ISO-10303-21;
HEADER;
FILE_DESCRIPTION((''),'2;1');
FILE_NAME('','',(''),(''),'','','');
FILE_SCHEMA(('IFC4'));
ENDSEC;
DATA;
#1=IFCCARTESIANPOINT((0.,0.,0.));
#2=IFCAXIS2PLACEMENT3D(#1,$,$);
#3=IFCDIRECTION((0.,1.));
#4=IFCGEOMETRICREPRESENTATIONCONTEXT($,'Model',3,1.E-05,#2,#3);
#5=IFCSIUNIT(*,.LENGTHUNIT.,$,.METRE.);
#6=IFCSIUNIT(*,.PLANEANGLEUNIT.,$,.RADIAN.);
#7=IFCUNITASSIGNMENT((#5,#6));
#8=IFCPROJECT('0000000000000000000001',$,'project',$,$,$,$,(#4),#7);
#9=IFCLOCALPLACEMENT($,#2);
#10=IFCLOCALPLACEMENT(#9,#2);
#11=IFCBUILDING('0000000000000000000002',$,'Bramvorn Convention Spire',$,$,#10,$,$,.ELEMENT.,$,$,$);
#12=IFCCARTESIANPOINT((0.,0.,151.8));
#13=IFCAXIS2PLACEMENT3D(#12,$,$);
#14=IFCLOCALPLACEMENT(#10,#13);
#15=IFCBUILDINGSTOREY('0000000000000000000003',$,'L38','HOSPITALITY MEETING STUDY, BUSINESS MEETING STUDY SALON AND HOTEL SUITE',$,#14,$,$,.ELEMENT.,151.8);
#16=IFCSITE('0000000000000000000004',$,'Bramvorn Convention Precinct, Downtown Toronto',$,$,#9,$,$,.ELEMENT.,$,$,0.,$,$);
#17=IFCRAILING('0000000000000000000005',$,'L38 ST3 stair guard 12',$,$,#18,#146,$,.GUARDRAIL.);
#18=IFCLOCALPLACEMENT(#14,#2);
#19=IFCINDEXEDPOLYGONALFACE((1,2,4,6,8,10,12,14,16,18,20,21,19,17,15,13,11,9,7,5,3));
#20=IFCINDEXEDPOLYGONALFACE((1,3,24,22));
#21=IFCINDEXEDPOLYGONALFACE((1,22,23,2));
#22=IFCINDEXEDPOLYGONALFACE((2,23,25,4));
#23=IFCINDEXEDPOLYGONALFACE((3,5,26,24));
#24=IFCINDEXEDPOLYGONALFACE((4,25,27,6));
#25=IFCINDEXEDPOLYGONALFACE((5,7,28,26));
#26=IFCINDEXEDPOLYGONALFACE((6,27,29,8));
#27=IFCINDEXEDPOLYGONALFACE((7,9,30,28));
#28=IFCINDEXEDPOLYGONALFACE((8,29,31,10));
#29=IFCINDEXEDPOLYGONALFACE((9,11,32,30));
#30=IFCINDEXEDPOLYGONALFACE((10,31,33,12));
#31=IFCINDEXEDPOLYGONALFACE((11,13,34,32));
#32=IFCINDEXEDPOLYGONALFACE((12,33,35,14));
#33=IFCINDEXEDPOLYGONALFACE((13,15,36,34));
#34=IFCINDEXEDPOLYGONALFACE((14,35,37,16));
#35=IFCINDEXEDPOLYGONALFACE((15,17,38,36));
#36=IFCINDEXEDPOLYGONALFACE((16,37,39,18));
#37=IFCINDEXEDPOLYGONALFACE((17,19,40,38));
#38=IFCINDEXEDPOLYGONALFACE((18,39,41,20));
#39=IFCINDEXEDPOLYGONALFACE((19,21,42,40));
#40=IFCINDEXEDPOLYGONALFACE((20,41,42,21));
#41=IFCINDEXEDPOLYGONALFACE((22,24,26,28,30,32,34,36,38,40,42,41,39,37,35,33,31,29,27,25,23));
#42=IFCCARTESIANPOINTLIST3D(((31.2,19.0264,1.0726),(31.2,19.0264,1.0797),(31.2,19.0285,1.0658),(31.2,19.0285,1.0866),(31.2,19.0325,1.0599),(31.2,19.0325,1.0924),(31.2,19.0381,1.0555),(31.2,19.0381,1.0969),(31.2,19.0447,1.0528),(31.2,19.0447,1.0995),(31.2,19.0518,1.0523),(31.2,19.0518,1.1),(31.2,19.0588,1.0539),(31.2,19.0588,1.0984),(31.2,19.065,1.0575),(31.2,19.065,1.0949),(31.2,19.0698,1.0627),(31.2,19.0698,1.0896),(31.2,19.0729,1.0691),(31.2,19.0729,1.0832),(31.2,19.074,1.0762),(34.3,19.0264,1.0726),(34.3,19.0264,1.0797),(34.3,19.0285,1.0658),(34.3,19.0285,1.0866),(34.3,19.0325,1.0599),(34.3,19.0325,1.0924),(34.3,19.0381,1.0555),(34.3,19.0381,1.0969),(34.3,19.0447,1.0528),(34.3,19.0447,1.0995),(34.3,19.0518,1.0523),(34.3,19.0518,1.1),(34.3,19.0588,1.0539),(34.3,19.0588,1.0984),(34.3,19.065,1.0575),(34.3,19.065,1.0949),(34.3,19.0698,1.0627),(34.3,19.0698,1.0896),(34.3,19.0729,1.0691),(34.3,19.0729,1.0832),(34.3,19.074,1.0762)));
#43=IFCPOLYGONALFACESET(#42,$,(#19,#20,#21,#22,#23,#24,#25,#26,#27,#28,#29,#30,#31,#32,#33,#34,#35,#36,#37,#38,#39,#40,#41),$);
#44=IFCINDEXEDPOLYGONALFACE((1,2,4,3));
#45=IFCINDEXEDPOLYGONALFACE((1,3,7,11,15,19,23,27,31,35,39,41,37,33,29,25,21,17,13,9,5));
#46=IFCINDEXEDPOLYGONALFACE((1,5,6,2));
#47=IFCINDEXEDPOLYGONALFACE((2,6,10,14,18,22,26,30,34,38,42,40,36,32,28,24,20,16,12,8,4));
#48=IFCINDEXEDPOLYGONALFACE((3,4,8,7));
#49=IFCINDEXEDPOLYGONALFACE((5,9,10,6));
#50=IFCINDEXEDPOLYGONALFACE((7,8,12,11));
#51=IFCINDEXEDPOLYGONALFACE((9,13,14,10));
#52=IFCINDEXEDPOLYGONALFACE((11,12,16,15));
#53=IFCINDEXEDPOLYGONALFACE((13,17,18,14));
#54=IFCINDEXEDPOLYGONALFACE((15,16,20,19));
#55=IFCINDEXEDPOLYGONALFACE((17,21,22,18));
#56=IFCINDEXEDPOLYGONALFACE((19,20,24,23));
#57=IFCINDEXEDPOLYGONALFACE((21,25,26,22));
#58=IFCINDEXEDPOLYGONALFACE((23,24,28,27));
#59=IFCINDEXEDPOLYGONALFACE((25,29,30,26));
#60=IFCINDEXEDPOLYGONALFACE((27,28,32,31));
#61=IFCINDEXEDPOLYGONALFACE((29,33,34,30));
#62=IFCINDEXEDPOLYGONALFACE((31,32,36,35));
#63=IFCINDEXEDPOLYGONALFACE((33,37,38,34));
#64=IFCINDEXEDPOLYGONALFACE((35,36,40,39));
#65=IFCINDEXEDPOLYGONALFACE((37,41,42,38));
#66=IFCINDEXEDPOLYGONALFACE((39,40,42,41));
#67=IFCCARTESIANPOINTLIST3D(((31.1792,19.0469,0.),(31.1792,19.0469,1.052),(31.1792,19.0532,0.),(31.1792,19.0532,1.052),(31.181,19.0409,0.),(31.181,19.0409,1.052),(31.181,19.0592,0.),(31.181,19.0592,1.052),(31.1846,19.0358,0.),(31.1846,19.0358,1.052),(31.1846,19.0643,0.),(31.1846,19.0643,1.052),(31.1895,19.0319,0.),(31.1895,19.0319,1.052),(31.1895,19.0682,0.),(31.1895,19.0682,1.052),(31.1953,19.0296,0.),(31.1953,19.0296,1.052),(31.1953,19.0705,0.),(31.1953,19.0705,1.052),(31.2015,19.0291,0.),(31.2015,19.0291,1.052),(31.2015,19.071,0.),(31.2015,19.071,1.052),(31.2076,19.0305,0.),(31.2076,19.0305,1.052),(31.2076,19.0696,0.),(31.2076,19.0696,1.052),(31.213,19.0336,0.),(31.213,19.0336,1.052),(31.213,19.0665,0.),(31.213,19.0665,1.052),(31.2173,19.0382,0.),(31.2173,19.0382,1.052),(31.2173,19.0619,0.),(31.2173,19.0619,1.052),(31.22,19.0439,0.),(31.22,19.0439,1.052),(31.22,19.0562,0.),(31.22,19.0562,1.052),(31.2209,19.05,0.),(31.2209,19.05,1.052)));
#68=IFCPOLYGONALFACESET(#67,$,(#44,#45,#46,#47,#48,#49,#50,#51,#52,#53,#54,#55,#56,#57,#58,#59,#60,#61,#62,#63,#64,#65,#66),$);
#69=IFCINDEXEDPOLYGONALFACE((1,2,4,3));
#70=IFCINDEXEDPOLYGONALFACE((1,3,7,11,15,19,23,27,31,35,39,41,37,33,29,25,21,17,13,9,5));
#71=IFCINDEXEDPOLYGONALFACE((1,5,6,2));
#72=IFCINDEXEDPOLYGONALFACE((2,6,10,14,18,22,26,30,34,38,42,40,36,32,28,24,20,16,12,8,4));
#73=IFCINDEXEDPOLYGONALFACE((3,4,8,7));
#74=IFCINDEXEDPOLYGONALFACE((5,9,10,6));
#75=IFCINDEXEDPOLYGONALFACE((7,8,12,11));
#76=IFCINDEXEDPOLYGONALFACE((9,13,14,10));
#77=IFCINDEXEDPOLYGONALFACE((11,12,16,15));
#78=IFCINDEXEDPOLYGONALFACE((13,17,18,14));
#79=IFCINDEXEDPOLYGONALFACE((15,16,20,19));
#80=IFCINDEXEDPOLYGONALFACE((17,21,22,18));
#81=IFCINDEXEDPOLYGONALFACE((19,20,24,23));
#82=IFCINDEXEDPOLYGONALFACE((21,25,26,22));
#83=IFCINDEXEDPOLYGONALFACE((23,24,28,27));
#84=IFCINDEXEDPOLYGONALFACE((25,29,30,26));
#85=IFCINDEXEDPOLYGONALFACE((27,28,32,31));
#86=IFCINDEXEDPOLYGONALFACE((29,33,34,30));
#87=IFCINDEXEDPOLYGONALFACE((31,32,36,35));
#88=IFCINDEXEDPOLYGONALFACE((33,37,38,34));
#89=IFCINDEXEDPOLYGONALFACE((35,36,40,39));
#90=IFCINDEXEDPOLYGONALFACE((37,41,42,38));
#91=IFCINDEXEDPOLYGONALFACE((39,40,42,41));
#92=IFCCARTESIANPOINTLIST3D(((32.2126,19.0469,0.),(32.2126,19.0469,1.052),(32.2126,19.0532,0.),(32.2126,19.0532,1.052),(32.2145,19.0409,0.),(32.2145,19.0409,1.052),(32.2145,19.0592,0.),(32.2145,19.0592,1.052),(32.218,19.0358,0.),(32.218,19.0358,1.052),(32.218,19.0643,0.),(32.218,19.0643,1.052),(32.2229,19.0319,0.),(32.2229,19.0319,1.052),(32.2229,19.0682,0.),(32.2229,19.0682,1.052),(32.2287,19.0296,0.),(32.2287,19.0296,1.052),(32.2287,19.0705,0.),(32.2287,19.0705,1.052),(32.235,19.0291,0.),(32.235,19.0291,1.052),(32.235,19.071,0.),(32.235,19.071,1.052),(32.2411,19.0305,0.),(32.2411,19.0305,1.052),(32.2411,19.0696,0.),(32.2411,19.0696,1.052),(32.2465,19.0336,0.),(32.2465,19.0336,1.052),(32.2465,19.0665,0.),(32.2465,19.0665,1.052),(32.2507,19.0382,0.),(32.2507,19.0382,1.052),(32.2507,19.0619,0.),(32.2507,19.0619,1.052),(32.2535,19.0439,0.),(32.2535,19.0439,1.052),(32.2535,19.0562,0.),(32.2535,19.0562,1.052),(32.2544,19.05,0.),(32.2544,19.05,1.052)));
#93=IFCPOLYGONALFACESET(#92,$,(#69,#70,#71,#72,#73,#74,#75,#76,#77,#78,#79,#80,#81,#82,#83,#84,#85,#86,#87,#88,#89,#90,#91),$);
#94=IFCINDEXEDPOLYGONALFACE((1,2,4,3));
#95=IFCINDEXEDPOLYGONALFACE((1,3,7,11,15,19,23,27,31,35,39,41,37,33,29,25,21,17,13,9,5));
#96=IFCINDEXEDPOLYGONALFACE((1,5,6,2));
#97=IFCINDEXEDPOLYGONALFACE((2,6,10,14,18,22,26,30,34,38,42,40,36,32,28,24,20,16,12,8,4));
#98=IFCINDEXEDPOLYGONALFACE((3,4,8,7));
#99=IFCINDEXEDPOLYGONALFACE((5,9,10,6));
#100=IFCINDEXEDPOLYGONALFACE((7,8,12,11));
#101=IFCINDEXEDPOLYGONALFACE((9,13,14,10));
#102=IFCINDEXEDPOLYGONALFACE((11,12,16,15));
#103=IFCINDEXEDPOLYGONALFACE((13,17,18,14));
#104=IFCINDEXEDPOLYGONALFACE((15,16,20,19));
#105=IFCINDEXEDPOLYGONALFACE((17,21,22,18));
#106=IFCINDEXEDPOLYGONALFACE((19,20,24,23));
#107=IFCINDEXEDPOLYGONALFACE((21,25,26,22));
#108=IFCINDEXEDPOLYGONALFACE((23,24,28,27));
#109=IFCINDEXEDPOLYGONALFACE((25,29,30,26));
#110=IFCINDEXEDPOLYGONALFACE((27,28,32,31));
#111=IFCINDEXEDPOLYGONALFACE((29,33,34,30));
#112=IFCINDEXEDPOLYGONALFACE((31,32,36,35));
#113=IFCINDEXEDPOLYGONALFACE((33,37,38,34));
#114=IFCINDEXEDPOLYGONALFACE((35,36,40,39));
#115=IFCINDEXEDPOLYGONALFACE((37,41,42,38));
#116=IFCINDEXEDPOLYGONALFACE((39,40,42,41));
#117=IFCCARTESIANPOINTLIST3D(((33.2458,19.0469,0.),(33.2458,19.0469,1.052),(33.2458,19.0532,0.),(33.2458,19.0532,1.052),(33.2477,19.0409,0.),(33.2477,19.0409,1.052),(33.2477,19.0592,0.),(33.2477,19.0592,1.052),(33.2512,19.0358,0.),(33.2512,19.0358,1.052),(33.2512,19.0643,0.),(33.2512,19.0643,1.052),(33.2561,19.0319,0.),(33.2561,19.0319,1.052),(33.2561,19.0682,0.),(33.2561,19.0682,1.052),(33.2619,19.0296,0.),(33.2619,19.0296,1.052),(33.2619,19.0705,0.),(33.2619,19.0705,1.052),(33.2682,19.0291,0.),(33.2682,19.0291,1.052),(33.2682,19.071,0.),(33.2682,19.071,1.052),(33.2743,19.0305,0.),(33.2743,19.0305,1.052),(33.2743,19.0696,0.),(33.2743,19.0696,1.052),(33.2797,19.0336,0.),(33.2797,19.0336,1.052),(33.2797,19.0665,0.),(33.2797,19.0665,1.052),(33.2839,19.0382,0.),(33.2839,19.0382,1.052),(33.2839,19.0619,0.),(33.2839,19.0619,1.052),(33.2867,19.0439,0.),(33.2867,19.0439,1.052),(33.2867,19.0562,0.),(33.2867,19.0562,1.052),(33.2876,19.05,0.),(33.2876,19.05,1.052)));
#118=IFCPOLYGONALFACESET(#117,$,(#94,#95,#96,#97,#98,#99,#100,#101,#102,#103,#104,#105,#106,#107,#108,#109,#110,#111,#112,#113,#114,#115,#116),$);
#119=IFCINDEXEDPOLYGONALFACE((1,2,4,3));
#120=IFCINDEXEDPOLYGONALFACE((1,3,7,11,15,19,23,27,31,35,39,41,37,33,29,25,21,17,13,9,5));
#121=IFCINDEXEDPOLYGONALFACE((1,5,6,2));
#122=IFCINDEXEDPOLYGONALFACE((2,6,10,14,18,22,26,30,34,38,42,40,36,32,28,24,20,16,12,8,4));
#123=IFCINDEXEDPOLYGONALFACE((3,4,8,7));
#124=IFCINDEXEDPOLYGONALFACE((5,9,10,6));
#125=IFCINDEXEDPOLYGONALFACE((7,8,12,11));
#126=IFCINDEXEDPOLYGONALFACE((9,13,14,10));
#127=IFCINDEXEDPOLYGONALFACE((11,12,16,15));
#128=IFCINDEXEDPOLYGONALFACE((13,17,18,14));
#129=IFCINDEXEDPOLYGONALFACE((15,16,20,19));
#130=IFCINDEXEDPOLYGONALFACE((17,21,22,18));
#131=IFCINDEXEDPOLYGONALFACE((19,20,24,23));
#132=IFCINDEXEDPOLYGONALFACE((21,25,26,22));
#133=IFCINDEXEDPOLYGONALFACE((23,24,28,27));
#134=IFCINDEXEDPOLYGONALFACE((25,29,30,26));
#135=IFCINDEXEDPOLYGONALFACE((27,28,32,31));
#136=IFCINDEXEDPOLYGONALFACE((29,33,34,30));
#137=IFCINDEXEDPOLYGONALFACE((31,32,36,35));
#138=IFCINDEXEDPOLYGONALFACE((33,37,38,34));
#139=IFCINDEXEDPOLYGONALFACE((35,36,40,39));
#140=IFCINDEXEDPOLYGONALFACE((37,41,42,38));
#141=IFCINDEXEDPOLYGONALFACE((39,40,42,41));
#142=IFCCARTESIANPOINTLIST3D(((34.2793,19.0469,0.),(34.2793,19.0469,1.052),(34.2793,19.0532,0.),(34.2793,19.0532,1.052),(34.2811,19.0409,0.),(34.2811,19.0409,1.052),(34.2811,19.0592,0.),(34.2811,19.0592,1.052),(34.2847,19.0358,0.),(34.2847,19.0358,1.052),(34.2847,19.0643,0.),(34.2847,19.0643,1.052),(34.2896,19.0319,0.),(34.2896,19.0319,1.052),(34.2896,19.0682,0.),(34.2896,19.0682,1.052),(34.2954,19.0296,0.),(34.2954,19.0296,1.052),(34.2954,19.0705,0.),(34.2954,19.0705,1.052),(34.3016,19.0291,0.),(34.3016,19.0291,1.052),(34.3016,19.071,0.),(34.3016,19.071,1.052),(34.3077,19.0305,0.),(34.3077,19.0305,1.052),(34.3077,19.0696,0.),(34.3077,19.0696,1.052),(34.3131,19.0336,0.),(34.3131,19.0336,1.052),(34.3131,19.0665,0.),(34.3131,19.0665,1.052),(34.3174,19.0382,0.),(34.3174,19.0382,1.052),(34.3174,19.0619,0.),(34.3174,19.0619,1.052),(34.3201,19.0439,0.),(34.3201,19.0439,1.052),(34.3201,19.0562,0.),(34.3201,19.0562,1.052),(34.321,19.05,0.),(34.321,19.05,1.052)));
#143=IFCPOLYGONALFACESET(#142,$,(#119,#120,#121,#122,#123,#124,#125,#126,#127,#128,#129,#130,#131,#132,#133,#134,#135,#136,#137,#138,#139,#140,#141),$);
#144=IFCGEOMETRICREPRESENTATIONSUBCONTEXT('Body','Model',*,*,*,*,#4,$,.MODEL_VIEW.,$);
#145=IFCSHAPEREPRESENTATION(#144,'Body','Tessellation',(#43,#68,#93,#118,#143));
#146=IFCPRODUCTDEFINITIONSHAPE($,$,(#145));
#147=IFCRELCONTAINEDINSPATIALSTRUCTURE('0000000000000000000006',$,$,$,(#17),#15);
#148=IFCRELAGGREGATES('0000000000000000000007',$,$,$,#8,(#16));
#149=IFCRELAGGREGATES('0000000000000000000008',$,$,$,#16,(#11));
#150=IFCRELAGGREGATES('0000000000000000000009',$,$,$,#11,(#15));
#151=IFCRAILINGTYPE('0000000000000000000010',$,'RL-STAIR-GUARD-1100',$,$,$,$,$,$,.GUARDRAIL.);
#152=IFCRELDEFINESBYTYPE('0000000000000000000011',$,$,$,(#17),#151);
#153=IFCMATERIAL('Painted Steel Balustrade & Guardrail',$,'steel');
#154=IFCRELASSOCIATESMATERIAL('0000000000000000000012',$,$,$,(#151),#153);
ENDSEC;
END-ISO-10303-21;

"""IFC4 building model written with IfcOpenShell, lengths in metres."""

from ifc_helpers import new_model, si_unit, direction, frame, origin, origin_2d, place, context, subcontext, project, spatial, circle, extrude, material, type_object, element, save


model = new_model("IFC4")

# Units and contexts
model_context = context("Model", 3, precision=1e-05, world=origin(), true_north=direction((0.0, 1.0)))
body_context = subcontext(model_context, "Body", "Model", "MODEL_VIEW")
ifc_project = project(units=[si_unit("LENGTHUNIT", "METRE"), si_unit("PLANEANGLEUNIT", "RADIAN")], contexts=[model_context])

# Site, building, storey
site_placement = place(None, origin())
site = spatial("IfcSite", under=ifc_project, at=site_placement, Name="Bramvorn Convention Precinct, Downtown Toronto", CompositionType="ELEMENT", RefElevation=0.0)
building_placement = place(site_placement, origin())
building = spatial("IfcBuilding", under=site, at=building_placement, Name="Bramvorn Convention Spire", CompositionType="ELEMENT")
storey_placement = place(building_placement, frame((0.0, 0.0, 151.8)))
storey = spatial("IfcBuildingStorey", under=building, at=storey_placement, Name="L38", Description="HOSPITALITY MEETING STUDY, BUSINESS MEETING STUDY SALON AND HOTEL SUITE", CompositionType="ELEMENT", Elevation=151.8)

# Railing
ifc_material_1 = material(Name="Painted Steel Balustrade & Guardrail", Category="steel")
railing_type = type_object("IfcRailingType", Name="RL-STAIR-GUARD-1100", PredefinedType="GUARDRAIL", material=ifc_material_1)
railing_1_placement = place(storey_placement, frame((31.2, 19.05, 0.0)))
element("IfcRailing", 1, at=railing_1_placement, inside=storey, type_object=railing_type, Name="L38 ST3 stair guard 12", PredefinedType="GUARDRAIL", context=body_context, shape_type="SweptSolid", body=[
    extrude(circle(Radius=0.0239, at=origin_2d()), frame((0.0, 0.0, 1.0762), z_axis=(1.0, 0.0, 0.0), x_axis=(0.0, 1.0, 0.0)), (0.0, 0.0, 1.0), 3.1001),
    extrude(circle(Radius=0.021, at=origin_2d()), origin(), (0.0, 0.0, 1.0), 1.052),
    extrude(circle(Radius=0.021, at=origin_2d()), frame((1.0334, 0.0, 0.0)), (0.0, 0.0, 1.0), 1.052),
    extrude(circle(Radius=0.021, at=origin_2d()), frame((2.0667, 0.0, 0.0)), (0.0, 0.0, 1.0), 1.052),
    extrude(circle(Radius=0.021, at=origin_2d()), frame((3.1001, 0.0, 0.0)), (0.0, 0.0, 1.0), 1.052),
])

save(model, "model.ifc")
